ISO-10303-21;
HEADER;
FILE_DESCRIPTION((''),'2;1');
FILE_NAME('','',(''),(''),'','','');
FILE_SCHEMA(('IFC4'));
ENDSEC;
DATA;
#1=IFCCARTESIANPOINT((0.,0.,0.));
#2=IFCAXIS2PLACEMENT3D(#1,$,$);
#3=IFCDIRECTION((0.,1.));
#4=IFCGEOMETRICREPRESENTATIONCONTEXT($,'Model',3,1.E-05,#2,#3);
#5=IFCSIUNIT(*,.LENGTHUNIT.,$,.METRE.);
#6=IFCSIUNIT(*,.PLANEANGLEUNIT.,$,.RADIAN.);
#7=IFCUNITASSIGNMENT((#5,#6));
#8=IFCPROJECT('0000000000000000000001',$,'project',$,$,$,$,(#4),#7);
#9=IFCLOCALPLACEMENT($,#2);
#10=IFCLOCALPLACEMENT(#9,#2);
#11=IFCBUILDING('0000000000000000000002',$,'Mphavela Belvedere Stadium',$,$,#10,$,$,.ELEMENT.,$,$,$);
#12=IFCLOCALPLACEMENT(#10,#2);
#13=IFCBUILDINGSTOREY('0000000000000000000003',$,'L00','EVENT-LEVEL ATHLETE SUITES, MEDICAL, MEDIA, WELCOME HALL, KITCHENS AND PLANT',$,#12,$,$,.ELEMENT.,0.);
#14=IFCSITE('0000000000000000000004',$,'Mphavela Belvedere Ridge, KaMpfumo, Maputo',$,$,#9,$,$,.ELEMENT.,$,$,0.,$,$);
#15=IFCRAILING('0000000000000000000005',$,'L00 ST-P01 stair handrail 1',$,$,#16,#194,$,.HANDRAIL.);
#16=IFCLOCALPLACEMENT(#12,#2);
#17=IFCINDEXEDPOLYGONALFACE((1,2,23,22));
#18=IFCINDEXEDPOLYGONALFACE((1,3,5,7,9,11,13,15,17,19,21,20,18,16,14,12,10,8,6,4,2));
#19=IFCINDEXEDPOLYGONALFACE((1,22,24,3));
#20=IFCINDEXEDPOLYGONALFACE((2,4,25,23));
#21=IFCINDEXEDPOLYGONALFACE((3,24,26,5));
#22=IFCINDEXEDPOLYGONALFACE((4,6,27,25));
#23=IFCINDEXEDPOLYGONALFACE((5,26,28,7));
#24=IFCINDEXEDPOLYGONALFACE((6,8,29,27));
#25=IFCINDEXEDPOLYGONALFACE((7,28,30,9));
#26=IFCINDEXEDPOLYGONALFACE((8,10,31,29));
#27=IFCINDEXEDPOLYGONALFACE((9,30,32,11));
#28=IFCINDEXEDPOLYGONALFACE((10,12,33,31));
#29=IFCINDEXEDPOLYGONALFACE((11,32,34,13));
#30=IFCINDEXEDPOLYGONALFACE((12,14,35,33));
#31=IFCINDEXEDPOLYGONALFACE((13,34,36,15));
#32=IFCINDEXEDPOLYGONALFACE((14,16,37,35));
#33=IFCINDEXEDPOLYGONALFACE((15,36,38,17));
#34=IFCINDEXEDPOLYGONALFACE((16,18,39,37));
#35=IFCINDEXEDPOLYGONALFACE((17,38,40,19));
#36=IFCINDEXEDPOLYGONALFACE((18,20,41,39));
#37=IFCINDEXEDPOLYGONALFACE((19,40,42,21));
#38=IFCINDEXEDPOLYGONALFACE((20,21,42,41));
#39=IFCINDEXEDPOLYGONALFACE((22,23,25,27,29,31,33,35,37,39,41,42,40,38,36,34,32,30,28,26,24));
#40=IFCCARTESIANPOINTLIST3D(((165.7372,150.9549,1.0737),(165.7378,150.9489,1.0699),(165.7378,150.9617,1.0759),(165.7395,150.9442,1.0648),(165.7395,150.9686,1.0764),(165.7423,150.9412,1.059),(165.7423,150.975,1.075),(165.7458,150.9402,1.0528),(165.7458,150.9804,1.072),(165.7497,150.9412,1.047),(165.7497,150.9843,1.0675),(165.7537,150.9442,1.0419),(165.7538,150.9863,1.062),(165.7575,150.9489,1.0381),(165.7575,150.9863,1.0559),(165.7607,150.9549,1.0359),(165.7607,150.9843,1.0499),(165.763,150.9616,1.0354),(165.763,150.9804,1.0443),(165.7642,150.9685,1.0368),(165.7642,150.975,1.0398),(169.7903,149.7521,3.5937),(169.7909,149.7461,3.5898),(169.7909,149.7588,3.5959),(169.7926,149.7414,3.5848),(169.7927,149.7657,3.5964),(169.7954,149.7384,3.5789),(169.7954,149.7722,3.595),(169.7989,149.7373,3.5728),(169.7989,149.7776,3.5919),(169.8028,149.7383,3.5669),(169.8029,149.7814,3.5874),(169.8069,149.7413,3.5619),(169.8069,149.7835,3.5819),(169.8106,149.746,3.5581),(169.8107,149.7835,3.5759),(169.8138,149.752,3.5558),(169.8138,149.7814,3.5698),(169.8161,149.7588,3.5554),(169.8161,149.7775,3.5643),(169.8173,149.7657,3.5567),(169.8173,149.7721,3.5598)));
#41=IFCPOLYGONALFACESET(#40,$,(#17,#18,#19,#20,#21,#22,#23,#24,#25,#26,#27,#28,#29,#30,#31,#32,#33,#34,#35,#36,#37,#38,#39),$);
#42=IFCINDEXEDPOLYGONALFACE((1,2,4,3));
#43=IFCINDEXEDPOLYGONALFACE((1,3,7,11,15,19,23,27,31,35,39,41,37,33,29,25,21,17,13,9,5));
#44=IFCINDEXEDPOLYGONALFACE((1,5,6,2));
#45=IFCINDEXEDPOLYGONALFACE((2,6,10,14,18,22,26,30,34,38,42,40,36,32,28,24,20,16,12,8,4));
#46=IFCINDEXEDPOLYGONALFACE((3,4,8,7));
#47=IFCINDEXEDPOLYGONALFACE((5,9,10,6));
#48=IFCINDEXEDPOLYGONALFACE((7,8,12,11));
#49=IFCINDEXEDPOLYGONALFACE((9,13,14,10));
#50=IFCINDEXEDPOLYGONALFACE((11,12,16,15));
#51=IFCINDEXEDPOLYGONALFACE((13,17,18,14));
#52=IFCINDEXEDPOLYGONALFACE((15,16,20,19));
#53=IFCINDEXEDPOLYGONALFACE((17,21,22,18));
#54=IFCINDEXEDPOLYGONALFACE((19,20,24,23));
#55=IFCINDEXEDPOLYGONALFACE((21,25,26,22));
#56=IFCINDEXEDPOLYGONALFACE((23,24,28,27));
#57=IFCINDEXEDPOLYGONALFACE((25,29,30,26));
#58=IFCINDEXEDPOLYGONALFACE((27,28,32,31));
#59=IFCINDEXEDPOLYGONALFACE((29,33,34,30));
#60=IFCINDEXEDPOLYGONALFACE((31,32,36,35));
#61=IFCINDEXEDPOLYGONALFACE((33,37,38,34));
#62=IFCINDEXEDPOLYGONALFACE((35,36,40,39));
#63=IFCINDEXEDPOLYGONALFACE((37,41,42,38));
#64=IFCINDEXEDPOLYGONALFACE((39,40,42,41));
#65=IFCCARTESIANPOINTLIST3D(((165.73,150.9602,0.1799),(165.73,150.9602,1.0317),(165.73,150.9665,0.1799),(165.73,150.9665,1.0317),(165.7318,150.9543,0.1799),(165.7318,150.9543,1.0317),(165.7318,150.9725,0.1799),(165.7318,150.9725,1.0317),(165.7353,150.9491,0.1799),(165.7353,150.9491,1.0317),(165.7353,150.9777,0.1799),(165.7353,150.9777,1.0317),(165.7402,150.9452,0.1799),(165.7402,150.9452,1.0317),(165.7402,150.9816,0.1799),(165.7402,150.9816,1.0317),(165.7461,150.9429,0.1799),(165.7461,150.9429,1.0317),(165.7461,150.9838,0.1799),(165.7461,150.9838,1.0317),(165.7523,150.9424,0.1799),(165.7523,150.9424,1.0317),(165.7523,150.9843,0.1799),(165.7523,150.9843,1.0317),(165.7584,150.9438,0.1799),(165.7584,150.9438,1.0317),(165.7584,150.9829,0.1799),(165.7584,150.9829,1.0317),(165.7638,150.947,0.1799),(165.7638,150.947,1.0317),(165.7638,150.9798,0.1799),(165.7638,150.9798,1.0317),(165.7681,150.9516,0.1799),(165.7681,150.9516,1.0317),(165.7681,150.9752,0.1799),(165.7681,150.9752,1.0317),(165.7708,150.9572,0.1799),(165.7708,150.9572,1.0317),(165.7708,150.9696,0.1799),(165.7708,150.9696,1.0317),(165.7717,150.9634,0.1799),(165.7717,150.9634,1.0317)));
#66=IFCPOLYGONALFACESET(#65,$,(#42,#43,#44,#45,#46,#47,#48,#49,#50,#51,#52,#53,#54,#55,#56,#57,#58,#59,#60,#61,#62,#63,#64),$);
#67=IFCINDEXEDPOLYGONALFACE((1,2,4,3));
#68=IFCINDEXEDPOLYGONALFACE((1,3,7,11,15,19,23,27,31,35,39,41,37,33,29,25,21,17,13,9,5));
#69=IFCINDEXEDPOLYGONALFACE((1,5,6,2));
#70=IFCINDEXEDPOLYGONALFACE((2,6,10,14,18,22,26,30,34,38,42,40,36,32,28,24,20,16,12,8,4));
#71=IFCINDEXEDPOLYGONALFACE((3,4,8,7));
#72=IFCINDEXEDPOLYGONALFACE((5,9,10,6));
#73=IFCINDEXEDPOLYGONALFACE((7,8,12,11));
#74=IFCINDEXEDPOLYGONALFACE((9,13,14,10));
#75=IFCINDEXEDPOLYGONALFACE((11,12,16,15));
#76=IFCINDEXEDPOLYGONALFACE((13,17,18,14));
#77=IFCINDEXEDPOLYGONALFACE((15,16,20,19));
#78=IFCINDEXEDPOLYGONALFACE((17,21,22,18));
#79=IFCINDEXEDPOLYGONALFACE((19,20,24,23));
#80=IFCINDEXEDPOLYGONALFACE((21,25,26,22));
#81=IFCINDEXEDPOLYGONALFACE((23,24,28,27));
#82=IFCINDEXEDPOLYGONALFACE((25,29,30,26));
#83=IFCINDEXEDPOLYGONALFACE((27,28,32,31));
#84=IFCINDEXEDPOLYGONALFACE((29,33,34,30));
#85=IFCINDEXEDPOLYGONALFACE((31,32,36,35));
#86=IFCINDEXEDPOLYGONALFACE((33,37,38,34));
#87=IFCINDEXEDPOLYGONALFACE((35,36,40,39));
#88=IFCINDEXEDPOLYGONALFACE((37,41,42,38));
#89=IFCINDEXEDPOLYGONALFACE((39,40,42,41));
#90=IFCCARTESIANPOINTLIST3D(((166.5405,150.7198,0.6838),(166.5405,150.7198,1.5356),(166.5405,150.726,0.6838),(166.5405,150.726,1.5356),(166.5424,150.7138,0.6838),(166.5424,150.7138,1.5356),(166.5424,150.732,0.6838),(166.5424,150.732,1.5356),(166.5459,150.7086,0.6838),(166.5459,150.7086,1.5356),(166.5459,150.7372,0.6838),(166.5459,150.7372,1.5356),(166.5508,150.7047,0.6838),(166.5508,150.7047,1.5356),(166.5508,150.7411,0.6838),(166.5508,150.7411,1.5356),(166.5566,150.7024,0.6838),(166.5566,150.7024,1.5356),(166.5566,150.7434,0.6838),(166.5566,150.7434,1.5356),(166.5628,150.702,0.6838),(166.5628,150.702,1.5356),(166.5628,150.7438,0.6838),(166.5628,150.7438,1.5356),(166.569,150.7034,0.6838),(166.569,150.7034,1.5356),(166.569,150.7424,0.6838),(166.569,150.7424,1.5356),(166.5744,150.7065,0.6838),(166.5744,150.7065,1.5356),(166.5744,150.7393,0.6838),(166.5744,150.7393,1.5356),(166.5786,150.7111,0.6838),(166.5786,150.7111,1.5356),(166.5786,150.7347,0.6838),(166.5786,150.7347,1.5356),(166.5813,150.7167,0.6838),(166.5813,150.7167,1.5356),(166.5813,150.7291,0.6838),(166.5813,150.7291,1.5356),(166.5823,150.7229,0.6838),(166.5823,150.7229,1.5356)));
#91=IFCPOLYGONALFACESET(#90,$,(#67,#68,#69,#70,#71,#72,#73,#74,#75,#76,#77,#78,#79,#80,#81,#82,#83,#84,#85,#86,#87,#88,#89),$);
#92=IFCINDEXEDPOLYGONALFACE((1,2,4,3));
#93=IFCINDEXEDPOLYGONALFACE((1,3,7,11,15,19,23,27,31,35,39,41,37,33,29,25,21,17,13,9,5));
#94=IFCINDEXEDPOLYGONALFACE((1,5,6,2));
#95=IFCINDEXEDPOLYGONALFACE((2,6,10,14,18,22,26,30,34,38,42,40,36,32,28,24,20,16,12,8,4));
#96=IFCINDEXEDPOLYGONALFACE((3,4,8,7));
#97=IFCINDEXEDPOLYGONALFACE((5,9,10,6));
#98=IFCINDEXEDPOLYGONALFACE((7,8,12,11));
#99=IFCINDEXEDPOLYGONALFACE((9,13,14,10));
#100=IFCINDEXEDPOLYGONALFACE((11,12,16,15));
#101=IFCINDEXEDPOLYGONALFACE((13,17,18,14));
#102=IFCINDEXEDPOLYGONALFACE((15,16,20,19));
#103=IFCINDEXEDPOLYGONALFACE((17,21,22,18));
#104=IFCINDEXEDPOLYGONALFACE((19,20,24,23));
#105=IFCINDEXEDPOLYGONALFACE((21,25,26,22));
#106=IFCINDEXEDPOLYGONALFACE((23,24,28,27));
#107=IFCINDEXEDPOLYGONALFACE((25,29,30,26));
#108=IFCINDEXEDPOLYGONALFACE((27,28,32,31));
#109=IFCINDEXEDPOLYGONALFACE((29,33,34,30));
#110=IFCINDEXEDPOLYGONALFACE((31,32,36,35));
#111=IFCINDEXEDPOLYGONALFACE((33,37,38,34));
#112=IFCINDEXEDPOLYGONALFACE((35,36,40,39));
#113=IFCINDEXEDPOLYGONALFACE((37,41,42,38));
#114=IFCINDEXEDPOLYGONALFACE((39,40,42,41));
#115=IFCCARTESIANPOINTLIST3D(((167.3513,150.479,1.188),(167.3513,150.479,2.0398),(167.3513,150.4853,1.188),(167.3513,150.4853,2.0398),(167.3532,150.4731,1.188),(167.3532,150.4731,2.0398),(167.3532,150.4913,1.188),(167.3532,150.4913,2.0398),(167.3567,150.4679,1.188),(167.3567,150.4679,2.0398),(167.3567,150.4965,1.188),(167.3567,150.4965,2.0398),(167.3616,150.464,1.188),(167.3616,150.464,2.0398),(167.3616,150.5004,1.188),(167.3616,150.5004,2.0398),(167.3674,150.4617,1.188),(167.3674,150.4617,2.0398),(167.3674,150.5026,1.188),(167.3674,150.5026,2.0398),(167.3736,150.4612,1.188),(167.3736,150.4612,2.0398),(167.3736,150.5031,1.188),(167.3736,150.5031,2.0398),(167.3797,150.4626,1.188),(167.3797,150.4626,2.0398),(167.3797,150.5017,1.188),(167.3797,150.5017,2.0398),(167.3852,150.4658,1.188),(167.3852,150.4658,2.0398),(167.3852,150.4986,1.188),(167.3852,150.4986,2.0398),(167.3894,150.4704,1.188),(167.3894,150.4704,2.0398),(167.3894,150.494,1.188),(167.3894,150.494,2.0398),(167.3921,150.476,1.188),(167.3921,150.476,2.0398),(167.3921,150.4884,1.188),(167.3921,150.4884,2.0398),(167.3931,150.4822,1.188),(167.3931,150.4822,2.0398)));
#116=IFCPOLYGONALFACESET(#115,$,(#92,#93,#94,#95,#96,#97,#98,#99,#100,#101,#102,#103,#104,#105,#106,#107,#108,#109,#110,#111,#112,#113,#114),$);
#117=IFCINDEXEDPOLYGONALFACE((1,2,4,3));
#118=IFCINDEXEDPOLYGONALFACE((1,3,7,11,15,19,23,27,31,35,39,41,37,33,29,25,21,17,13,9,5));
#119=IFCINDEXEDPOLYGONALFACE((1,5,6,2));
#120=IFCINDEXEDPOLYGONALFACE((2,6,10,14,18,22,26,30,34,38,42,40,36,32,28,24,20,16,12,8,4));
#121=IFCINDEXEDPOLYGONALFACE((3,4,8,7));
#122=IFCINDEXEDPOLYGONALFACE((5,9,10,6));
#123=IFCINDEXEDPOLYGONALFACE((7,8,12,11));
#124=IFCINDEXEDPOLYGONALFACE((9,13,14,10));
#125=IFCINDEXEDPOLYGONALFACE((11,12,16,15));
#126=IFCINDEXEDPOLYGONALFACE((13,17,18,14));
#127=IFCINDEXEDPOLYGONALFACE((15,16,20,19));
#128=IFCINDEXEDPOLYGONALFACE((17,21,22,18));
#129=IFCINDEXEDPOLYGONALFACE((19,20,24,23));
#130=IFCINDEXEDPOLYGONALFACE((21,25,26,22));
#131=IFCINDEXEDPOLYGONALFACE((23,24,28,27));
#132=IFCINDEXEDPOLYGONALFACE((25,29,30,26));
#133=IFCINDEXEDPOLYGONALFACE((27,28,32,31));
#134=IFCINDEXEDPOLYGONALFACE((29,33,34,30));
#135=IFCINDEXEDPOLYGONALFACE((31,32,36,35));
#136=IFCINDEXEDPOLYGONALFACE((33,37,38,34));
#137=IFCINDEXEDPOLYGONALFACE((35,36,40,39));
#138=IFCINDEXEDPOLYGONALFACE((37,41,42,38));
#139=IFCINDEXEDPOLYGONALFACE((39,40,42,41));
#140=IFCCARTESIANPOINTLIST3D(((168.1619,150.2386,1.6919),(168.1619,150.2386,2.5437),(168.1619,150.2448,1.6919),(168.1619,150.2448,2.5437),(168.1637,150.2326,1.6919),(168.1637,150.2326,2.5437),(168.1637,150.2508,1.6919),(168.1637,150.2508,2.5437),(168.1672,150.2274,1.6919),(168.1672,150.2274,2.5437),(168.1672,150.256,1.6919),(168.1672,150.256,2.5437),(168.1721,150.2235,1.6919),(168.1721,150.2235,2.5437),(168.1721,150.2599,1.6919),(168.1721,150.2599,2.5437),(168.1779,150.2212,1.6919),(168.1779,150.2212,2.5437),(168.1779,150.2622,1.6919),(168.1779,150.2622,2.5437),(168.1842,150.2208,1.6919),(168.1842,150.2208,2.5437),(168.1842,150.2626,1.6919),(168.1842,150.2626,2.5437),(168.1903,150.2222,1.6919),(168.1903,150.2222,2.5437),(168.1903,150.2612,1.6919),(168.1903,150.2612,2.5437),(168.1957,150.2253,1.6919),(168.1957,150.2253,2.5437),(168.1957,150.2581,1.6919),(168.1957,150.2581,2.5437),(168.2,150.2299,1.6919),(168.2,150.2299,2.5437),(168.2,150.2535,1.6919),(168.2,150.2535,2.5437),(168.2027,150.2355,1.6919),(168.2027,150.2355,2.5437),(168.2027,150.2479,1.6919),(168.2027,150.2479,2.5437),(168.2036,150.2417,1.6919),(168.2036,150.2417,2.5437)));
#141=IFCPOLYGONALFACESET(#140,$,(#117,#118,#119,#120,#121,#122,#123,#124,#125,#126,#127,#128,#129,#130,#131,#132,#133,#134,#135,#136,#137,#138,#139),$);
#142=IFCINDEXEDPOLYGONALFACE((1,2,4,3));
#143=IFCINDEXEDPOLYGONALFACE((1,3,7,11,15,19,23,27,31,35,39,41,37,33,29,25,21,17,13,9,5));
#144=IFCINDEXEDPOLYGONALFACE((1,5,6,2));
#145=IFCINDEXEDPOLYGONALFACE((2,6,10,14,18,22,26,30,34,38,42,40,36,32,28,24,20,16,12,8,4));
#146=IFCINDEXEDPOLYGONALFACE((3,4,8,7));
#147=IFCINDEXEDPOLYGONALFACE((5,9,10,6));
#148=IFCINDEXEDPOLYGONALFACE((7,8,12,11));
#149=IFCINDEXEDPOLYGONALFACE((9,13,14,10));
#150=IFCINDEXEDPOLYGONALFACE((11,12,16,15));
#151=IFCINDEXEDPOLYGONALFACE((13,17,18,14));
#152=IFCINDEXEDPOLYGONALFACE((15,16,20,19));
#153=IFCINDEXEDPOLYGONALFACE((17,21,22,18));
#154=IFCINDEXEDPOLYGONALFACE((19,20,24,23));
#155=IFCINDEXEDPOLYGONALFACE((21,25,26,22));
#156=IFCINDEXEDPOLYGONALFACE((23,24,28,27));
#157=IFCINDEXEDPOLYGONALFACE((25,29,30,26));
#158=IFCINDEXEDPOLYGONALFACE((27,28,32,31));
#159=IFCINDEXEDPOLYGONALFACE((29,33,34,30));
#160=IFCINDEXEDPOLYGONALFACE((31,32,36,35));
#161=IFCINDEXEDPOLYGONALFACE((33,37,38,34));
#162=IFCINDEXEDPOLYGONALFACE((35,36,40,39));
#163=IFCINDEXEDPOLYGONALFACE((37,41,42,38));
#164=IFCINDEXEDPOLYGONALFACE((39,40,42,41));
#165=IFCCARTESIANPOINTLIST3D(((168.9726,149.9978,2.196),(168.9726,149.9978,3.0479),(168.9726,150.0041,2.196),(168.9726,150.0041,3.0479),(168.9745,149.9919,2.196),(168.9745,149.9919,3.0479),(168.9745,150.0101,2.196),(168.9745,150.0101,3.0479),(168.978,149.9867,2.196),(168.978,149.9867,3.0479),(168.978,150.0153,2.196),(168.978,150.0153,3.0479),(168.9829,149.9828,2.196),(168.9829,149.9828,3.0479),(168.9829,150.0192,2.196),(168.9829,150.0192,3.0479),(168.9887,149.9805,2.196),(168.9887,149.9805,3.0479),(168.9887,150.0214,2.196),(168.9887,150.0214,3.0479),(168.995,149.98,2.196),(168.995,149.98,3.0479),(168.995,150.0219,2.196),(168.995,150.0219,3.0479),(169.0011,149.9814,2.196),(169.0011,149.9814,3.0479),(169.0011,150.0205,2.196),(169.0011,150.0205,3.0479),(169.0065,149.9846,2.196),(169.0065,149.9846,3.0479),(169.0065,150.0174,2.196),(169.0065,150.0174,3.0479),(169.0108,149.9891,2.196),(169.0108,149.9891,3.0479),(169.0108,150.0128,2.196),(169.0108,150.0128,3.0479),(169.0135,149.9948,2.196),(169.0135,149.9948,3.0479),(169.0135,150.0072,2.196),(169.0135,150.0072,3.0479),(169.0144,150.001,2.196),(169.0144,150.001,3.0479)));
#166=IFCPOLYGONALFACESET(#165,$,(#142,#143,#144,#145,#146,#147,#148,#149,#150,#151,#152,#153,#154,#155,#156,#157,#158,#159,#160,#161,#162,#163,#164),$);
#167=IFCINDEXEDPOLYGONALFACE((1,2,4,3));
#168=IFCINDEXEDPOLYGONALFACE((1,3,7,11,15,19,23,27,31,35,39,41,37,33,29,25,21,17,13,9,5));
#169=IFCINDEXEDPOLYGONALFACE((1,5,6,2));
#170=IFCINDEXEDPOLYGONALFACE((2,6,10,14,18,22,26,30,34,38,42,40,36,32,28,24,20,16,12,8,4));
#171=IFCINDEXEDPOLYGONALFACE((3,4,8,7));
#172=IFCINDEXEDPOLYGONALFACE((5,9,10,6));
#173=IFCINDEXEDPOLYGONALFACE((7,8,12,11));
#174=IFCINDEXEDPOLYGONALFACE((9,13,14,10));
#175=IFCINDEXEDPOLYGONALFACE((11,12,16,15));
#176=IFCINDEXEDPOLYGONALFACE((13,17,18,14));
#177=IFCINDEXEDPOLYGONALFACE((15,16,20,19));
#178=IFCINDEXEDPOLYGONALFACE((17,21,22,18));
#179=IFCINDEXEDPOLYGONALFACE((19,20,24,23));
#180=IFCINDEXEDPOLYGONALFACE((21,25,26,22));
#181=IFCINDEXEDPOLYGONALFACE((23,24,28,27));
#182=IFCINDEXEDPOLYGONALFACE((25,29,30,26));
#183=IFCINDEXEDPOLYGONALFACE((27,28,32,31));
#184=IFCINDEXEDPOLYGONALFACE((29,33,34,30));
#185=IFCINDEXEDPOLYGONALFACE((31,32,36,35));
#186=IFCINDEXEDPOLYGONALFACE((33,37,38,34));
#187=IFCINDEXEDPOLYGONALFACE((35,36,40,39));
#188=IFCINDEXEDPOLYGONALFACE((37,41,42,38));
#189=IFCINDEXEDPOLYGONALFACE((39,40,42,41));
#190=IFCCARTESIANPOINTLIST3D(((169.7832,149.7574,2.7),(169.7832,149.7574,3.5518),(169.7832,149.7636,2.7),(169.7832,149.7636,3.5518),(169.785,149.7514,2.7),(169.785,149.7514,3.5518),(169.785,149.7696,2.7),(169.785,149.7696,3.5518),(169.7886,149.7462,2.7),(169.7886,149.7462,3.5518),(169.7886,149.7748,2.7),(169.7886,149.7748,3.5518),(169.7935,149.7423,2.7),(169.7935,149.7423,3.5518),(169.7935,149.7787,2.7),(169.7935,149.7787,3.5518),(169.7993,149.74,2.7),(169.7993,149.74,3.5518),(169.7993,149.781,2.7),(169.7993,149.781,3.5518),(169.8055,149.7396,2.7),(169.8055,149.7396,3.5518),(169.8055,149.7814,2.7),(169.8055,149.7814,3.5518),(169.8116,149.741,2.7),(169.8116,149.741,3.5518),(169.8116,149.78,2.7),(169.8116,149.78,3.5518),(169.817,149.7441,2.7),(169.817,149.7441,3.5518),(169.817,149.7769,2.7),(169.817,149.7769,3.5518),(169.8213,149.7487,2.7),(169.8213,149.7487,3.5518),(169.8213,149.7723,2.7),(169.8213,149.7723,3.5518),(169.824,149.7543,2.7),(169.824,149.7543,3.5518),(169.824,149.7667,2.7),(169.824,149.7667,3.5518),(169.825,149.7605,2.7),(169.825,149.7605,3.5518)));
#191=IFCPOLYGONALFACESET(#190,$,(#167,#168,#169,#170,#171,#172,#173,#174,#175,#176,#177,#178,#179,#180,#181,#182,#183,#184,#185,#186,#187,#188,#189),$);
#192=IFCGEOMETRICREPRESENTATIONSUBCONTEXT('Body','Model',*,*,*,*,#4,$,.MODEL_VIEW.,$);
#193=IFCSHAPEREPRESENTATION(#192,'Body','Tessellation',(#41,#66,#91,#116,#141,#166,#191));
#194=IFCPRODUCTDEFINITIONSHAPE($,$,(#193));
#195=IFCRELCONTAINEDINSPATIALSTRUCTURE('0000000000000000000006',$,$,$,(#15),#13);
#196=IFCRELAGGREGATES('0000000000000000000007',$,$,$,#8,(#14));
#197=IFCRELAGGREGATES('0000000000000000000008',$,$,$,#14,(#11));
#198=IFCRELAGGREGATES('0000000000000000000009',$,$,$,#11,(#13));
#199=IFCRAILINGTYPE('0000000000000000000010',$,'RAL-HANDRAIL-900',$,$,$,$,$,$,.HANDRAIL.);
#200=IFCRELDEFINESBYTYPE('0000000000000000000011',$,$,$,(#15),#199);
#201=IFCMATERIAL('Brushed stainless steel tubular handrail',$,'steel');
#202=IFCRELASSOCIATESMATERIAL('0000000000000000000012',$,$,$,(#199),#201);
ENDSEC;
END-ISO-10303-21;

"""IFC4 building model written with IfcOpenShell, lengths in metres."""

from ifc_helpers import new_model, si_unit, direction, frame, origin, origin_2d, place, context, subcontext, project, spatial, circle, extrude, material, type_object, element, save


model = new_model("IFC4")

# Units and contexts
model_context = context("Model", 3, precision=1e-05, world=origin(), true_north=direction((0.0, 1.0)))
body_context = subcontext(model_context, "Body", "Model", "MODEL_VIEW")
ifc_project = project(units=[si_unit("LENGTHUNIT", "METRE"), si_unit("PLANEANGLEUNIT", "RADIAN")], contexts=[model_context])

# Site, building, storey
site_placement = place(None, origin())
site = spatial("IfcSite", under=ifc_project, at=site_placement, Name="Mphavela Belvedere Ridge, KaMpfumo, Maputo", CompositionType="ELEMENT", RefElevation=0.0)
building_placement = place(site_placement, origin())
building = spatial("IfcBuilding", under=site, at=building_placement, Name="Mphavela Belvedere Stadium", CompositionType="ELEMENT")
storey_placement = place(building_placement, origin())
storey = spatial("IfcBuildingStorey", under=building, at=storey_placement, Name="L00", Description="EVENT-LEVEL ATHLETE SUITES, MEDICAL, MEDIA, WELCOME HALL, KITCHENS AND PLANT", CompositionType="ELEMENT", Elevation=0.0)

# Railing
ifc_material_1 = material(Name="Brushed stainless steel tubular handrail", Category="steel")
railing_type_1 = type_object("IfcRailingType", Name="RAL-HANDRAIL-900", PredefinedType="HANDRAIL", material=ifc_material_1)
railing_1_placement = place(storey_placement, frame((165.7507, 150.9634, 0.1799)))
element("IfcRailing", 1, at=railing_1_placement, inside=storey, type_object=railing_type_1, Name="L00 ST-P01 stair handrail 1", PredefinedType="HANDRAIL", context=body_context, shape_type="SweptSolid", body=[
    extrude(circle(Radius=0.0239, at=origin_2d()), frame((0.0, 0.0, 0.876), z_axis=(0.823492, -0.244389, 0.511991), x_axis=(0.284507, 0.958674, 0.0)), (0.0, 0.0, 1.0), 4.9219),
    extrude(circle(Radius=0.021, at=origin_2d()), origin(), (0.0, 0.0, 1.0), 0.8518),
    extrude(circle(Radius=0.021, at=origin_2d()), frame((0.8105, -0.2405, 0.5039)), (0.0, 0.0, 1.0), 0.8518),
    extrude(circle(Radius=0.021, at=origin_2d()), frame((1.6213, -0.4812, 1.0081)), (0.0, 0.0, 1.0), 0.8518),
    extrude(circle(Radius=0.021, at=origin_2d()), frame((2.4319, -0.7217, 1.512)), (0.0, 0.0, 1.0), 0.8518),
    extrude(circle(Radius=0.021, at=origin_2d()), frame((3.2427, -0.9624, 2.0161)), (0.0, 0.0, 1.0), 0.8518),
    extrude(circle(Radius=0.021, at=origin_2d()), frame((4.0532, -1.2029, 2.52)), (0.0, 0.0, 1.0), 0.8518),
])

save(model, "model.ifc")
